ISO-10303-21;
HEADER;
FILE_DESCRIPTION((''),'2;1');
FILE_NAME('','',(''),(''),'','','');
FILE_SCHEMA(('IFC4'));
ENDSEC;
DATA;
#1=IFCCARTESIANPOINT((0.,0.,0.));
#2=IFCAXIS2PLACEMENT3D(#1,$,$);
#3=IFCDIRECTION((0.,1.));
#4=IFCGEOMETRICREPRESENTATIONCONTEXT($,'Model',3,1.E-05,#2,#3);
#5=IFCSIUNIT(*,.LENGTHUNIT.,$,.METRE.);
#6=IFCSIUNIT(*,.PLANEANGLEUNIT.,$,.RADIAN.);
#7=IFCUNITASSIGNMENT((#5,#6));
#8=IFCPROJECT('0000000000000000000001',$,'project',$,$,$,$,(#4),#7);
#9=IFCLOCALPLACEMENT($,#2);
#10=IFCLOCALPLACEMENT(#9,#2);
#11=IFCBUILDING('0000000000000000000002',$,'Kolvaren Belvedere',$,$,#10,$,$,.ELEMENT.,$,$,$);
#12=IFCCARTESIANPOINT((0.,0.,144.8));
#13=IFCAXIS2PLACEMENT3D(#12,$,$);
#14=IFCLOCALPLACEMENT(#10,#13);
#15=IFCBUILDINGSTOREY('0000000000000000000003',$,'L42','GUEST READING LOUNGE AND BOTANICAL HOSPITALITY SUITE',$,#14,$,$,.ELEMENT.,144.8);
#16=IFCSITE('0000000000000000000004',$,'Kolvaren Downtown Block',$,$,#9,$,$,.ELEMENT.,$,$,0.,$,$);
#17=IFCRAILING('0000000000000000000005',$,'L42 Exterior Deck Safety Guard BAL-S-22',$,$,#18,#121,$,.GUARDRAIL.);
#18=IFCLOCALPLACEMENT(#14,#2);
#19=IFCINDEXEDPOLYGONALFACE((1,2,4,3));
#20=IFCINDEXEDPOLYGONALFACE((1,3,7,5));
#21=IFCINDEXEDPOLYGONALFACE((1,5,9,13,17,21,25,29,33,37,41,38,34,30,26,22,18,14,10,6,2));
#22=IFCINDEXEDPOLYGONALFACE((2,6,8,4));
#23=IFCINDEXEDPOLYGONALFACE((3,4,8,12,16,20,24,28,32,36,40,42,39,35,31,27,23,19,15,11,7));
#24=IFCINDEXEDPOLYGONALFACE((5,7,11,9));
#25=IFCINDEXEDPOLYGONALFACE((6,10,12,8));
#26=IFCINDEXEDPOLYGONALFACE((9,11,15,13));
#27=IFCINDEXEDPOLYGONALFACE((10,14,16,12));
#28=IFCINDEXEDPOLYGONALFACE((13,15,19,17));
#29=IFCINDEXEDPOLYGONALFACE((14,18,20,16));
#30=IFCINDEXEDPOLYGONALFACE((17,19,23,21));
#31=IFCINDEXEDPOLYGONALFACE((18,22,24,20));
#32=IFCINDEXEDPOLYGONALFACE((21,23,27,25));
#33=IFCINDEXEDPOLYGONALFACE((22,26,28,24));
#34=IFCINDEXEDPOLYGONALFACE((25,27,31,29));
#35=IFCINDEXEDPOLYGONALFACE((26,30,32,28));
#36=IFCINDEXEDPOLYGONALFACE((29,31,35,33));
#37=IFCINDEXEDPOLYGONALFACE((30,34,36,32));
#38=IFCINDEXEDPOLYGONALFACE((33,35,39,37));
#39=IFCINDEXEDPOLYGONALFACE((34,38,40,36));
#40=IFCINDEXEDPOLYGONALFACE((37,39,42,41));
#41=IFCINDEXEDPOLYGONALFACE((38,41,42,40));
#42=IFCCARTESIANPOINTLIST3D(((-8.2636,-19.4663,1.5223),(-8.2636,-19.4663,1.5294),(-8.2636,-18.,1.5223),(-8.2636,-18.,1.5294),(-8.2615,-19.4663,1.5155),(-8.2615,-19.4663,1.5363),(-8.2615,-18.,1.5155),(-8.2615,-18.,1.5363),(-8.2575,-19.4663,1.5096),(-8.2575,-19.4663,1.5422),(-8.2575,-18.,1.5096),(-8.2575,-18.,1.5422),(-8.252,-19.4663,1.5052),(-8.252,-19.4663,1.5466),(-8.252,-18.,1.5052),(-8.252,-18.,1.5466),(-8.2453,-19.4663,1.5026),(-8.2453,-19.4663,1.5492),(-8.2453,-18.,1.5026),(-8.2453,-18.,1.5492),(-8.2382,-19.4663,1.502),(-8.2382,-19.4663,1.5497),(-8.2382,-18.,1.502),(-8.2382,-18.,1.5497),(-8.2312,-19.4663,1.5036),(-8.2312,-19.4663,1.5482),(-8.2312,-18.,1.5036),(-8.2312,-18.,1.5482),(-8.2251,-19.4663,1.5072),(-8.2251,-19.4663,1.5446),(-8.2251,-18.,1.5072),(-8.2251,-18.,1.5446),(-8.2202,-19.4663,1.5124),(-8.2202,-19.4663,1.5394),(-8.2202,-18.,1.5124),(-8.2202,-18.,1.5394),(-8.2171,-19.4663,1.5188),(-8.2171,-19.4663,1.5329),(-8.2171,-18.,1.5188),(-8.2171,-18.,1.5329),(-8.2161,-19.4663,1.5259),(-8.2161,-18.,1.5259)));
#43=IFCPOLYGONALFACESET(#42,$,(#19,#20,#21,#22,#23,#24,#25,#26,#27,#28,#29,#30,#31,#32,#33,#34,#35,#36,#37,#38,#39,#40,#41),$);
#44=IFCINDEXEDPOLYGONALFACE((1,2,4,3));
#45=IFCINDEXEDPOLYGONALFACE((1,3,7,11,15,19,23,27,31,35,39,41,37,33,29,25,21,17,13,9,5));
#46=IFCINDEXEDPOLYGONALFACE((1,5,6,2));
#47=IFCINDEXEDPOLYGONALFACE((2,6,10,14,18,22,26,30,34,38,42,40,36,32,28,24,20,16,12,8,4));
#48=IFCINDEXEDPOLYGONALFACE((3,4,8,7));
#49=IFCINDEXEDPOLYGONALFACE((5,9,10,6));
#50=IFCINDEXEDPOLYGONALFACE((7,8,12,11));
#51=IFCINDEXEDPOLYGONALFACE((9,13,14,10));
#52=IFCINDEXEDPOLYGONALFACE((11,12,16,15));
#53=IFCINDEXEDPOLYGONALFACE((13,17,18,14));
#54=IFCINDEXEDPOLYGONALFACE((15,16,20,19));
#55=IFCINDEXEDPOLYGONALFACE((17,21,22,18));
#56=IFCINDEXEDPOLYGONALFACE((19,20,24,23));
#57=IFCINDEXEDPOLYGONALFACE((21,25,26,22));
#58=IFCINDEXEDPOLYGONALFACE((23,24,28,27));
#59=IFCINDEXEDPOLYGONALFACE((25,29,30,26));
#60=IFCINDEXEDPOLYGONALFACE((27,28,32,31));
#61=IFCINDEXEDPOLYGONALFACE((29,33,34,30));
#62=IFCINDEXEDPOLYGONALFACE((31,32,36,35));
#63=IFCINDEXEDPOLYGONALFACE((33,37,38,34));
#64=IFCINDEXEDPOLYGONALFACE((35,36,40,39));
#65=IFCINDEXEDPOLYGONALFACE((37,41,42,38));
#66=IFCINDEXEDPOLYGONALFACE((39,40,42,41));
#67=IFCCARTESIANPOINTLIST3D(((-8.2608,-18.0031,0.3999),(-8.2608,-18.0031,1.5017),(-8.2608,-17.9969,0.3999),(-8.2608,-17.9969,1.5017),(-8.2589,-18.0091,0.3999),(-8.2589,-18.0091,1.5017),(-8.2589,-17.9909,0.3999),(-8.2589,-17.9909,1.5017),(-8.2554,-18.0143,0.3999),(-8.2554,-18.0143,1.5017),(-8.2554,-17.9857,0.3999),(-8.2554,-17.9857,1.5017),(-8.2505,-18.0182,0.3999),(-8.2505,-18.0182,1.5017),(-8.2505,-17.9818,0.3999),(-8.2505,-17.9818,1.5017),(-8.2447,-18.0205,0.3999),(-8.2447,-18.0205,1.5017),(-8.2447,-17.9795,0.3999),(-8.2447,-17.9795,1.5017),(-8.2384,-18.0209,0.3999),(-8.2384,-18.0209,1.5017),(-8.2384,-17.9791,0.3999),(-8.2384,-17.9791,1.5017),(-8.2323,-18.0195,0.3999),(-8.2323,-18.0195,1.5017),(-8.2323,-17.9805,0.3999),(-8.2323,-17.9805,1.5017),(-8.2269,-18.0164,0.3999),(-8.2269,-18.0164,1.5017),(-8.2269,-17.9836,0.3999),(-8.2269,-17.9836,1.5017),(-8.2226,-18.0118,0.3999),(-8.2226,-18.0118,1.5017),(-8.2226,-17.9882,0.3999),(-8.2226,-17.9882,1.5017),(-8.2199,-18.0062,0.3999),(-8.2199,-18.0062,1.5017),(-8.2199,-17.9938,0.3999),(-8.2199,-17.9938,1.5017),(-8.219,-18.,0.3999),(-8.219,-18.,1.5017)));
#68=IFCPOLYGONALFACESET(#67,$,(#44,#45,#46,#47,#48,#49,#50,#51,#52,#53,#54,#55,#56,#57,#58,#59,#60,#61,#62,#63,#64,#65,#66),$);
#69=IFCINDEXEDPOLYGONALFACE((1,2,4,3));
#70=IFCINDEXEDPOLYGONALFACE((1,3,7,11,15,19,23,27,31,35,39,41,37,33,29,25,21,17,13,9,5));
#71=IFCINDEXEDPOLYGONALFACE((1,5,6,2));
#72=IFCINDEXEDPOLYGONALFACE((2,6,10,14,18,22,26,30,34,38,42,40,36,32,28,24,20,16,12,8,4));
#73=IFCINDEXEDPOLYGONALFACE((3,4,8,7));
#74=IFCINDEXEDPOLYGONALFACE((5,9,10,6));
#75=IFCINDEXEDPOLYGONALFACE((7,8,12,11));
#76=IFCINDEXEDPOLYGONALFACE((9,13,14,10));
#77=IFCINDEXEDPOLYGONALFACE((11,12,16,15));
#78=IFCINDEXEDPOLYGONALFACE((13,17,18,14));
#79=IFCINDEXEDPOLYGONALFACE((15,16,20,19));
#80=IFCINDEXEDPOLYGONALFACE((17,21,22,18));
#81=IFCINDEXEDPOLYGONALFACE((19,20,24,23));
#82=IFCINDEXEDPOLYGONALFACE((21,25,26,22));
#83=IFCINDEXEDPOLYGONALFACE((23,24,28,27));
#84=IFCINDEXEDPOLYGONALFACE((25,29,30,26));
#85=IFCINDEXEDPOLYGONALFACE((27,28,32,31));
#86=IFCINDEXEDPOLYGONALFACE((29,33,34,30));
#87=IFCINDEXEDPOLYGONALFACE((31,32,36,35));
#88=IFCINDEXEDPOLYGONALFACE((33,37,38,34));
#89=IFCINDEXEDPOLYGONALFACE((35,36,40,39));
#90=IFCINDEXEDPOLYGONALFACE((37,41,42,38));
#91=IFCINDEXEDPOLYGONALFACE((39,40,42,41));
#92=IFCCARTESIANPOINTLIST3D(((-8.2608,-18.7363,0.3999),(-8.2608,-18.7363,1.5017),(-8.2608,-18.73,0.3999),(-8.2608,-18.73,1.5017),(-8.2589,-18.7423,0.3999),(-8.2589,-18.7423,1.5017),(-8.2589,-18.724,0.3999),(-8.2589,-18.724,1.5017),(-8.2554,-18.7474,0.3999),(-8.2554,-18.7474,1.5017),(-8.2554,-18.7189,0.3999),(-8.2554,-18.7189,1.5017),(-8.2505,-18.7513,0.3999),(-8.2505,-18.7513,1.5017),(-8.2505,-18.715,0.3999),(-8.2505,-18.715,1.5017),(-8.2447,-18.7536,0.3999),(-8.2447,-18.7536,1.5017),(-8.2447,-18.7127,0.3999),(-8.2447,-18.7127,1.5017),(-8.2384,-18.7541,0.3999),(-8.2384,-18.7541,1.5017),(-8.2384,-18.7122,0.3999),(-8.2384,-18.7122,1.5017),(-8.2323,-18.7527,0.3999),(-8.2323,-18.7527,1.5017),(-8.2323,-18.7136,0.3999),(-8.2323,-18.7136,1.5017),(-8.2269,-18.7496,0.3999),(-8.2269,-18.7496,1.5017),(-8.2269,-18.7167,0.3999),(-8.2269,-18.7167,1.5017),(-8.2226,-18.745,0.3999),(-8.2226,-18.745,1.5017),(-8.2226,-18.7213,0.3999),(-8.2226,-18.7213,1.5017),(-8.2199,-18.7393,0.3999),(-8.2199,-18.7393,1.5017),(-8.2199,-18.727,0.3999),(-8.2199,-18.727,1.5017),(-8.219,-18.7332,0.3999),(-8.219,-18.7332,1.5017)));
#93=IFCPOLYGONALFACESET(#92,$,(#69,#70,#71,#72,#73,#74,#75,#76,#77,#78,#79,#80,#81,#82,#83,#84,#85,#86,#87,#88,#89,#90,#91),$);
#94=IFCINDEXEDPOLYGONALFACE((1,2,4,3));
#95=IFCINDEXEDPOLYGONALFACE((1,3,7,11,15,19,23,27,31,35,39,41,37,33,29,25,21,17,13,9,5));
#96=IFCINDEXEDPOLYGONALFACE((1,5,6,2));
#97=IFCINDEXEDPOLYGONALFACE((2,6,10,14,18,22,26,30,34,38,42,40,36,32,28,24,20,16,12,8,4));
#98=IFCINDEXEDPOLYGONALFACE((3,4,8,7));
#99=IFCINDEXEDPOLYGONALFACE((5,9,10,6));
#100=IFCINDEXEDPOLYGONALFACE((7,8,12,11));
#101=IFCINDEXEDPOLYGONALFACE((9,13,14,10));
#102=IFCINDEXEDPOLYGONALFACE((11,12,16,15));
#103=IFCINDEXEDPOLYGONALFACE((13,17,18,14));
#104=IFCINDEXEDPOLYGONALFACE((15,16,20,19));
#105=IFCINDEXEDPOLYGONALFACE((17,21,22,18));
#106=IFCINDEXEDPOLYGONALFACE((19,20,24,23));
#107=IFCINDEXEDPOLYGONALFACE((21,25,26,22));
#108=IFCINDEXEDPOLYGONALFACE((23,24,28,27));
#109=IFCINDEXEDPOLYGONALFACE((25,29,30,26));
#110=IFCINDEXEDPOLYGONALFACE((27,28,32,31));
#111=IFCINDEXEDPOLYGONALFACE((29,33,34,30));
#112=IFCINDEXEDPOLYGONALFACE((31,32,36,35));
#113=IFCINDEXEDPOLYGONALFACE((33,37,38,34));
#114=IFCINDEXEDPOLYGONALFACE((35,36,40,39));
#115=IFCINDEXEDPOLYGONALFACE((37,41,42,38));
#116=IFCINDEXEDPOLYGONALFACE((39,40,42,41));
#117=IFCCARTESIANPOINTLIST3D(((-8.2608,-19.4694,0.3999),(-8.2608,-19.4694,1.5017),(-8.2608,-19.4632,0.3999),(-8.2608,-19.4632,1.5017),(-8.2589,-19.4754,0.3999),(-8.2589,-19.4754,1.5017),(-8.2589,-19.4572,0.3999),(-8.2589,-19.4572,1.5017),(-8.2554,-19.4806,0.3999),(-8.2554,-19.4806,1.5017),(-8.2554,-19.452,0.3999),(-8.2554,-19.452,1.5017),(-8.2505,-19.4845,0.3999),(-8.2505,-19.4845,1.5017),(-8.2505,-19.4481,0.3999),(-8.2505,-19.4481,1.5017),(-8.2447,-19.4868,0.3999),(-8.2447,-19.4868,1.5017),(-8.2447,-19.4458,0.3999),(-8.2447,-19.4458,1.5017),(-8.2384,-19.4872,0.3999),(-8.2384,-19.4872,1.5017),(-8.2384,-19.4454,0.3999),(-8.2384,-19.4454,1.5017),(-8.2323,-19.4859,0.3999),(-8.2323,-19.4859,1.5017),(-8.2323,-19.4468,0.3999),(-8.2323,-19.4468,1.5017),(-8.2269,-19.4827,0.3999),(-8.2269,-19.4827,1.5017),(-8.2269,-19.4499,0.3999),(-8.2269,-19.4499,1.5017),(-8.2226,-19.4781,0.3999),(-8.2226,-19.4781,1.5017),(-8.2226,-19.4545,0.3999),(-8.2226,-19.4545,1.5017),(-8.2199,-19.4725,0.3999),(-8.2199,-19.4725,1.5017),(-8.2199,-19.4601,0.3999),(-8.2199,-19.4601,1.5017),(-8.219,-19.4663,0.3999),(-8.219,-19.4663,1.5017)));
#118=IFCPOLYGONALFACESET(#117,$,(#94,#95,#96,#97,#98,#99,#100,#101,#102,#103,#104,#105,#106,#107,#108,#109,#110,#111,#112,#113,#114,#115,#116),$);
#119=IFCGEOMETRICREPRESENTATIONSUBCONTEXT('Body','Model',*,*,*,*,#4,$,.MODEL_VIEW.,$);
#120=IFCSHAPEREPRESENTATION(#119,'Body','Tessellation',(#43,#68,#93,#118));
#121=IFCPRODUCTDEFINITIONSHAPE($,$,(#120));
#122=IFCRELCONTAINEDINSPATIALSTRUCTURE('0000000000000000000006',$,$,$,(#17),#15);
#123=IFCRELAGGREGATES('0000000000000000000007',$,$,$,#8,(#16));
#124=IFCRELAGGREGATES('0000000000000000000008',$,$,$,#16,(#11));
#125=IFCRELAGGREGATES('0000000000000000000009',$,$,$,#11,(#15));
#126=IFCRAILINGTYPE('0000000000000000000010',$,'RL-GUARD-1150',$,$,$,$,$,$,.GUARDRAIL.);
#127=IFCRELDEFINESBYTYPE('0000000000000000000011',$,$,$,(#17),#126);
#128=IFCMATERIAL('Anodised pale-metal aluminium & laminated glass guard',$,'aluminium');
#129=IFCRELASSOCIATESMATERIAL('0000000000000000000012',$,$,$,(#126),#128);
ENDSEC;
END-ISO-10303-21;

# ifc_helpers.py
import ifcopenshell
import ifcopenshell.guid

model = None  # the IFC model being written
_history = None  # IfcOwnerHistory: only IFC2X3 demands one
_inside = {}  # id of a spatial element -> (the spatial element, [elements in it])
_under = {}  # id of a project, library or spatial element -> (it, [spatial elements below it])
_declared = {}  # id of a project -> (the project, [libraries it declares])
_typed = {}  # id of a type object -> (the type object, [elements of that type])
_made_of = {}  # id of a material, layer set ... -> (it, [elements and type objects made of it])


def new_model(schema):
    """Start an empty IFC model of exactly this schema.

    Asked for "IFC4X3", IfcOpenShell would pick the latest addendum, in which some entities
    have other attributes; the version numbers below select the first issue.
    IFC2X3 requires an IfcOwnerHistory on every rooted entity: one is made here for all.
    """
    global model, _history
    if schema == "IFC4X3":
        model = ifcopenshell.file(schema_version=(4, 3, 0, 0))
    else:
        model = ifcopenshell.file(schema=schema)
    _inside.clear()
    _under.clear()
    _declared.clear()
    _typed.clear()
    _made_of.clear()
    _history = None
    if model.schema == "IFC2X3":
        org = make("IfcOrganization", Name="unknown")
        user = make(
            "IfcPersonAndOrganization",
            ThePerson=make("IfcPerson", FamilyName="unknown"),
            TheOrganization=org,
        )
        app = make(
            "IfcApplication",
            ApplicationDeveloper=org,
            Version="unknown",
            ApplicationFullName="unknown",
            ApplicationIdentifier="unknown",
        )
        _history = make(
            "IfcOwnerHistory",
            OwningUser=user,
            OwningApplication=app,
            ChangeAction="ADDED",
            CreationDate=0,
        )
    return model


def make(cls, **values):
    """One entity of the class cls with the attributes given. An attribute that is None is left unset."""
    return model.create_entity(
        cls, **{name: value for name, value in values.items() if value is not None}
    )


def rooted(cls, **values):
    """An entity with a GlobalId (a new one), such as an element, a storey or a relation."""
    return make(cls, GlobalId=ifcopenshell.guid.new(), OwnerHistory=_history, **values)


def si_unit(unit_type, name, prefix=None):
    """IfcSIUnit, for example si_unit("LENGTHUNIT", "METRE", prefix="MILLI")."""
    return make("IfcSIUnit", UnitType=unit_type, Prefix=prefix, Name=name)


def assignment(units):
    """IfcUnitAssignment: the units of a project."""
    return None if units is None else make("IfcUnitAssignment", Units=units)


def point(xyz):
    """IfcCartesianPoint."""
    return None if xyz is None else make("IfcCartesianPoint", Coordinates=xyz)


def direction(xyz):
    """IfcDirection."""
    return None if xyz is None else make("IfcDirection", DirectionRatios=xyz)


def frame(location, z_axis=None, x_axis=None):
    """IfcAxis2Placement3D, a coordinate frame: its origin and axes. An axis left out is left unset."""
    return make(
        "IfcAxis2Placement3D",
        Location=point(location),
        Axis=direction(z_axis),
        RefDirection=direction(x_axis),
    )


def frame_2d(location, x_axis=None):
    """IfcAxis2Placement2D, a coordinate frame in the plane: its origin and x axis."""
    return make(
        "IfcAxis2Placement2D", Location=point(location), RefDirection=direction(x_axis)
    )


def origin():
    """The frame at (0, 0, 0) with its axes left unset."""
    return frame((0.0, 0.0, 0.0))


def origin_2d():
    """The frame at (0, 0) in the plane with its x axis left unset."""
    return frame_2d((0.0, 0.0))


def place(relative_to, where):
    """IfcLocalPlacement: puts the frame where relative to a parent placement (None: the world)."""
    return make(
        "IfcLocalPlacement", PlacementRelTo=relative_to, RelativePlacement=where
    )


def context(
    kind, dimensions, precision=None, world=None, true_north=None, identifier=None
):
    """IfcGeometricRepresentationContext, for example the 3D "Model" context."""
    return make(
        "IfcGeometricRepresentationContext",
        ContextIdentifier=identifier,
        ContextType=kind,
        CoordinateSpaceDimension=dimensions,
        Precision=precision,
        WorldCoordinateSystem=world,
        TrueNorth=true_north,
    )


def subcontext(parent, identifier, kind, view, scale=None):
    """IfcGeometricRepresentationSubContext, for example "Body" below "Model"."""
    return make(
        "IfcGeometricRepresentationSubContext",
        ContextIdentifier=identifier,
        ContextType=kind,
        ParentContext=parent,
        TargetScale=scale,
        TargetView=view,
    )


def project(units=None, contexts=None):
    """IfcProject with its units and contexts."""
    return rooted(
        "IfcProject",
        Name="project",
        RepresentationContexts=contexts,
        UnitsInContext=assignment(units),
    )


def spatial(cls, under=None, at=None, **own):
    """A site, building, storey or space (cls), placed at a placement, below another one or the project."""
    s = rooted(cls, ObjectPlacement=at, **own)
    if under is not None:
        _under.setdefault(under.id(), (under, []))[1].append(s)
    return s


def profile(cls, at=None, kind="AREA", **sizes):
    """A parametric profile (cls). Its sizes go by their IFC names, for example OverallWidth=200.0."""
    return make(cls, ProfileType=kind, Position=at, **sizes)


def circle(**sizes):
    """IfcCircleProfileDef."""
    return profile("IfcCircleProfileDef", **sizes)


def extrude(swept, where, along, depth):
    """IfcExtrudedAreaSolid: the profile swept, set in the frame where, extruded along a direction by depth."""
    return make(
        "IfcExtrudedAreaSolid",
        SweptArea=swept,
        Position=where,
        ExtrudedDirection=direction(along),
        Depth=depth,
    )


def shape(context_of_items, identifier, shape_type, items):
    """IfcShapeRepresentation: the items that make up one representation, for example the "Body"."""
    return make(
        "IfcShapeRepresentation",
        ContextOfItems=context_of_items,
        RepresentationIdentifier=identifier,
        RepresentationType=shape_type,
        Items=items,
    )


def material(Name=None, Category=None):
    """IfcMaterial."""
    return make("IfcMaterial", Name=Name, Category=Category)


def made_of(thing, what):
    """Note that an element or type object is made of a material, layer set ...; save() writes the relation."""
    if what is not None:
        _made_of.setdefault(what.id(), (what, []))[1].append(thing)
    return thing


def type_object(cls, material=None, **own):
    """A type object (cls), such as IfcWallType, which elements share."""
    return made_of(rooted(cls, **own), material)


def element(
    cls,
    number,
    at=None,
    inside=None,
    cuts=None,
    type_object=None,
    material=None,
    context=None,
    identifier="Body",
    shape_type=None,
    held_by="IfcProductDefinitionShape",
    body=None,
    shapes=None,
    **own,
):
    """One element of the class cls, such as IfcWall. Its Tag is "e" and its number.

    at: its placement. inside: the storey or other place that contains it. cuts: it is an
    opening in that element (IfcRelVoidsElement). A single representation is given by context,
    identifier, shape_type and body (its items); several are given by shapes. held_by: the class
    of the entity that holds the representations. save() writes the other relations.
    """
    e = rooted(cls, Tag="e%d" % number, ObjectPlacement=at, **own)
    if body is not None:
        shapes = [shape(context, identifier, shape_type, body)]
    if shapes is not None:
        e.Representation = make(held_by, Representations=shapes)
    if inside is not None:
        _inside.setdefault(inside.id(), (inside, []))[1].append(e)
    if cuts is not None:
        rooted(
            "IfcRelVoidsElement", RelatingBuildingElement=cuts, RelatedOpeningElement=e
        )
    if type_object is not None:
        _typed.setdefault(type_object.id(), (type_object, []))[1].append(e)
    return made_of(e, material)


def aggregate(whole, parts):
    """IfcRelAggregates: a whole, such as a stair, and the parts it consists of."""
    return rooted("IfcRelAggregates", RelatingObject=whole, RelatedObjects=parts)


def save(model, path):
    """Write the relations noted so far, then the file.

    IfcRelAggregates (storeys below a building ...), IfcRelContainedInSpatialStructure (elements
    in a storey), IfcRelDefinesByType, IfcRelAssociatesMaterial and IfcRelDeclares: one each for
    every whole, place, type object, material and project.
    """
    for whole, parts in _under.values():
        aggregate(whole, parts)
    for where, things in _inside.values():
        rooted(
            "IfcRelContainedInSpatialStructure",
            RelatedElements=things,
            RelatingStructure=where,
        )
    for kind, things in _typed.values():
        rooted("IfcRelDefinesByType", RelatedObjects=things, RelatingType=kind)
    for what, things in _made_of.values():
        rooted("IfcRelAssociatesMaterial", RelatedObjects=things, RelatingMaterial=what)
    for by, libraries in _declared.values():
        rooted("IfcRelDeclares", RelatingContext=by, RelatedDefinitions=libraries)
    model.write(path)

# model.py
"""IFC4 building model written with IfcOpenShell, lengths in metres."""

from ifc_helpers import new_model, si_unit, direction, frame, origin, origin_2d, place, context, subcontext, project, spatial, circle, extrude, material, type_object, element, save


model = new_model("IFC4")

# Units and contexts
model_context = context("Model", 3, precision=1e-05, world=origin(), true_north=direction((0.0, 1.0)))
body_context = subcontext(model_context, "Body", "Model", "MODEL_VIEW")
ifc_project = project(units=[si_unit("LENGTHUNIT", "METRE"), si_unit("PLANEANGLEUNIT", "RADIAN")], contexts=[model_context])

# Site, building, storey
site_placement = place(None, origin())
site = spatial("IfcSite", under=ifc_project, at=site_placement, Name="Kolvaren Downtown Block", CompositionType="ELEMENT", RefElevation=0.0)
building_placement = place(site_placement, origin())
building = spatial("IfcBuilding", under=site, at=building_placement, Name="Kolvaren Belvedere", CompositionType="ELEMENT")
storey_placement = place(building_placement, frame((0.0, 0.0, 144.8)))
storey = spatial("IfcBuildingStorey", under=building, at=storey_placement, Name="L42", Description="GUEST READING LOUNGE AND BOTANICAL HOSPITALITY SUITE", CompositionType="ELEMENT", Elevation=144.8)

# Railing
ifc_material_1 = material(Name="Anodised pale-metal aluminium & laminated glass guard", Category="aluminium")
railing_type = type_object("IfcRailingType", Name="RL-GUARD-1150", PredefinedType="GUARDRAIL", material=ifc_material_1)
railing_1_placement = place(storey_placement, frame((-8.24, -18.0, 0.3999)))
element("IfcRailing", 1, at=railing_1_placement, inside=storey, type_object=railing_type, Name="L42 Exterior Deck Safety Guard BAL-S-22", PredefinedType="GUARDRAIL", context=body_context, shape_type="SweptSolid", body=[
    extrude(circle(Radius=0.0239, at=origin_2d()), frame((0.0, 0.0, 1.126), z_axis=(0.0, -1.0, 0.0), x_axis=(1.0, 0.0, 0.0)), (0.0, 0.0, 1.0), 1.4663),
    extrude(circle(Radius=0.021, at=origin_2d()), origin(), (0.0, 0.0, 1.0), 1.1018),
    extrude(circle(Radius=0.021, at=origin_2d()), frame((0.0, -0.7332, 0.0)), (0.0, 0.0, 1.0), 1.1018),
    extrude(circle(Radius=0.021, at=origin_2d()), frame((0.0, -1.4663, 0.0)), (0.0, 0.0, 1.0), 1.1018),
])

save(model, "model.ifc")
